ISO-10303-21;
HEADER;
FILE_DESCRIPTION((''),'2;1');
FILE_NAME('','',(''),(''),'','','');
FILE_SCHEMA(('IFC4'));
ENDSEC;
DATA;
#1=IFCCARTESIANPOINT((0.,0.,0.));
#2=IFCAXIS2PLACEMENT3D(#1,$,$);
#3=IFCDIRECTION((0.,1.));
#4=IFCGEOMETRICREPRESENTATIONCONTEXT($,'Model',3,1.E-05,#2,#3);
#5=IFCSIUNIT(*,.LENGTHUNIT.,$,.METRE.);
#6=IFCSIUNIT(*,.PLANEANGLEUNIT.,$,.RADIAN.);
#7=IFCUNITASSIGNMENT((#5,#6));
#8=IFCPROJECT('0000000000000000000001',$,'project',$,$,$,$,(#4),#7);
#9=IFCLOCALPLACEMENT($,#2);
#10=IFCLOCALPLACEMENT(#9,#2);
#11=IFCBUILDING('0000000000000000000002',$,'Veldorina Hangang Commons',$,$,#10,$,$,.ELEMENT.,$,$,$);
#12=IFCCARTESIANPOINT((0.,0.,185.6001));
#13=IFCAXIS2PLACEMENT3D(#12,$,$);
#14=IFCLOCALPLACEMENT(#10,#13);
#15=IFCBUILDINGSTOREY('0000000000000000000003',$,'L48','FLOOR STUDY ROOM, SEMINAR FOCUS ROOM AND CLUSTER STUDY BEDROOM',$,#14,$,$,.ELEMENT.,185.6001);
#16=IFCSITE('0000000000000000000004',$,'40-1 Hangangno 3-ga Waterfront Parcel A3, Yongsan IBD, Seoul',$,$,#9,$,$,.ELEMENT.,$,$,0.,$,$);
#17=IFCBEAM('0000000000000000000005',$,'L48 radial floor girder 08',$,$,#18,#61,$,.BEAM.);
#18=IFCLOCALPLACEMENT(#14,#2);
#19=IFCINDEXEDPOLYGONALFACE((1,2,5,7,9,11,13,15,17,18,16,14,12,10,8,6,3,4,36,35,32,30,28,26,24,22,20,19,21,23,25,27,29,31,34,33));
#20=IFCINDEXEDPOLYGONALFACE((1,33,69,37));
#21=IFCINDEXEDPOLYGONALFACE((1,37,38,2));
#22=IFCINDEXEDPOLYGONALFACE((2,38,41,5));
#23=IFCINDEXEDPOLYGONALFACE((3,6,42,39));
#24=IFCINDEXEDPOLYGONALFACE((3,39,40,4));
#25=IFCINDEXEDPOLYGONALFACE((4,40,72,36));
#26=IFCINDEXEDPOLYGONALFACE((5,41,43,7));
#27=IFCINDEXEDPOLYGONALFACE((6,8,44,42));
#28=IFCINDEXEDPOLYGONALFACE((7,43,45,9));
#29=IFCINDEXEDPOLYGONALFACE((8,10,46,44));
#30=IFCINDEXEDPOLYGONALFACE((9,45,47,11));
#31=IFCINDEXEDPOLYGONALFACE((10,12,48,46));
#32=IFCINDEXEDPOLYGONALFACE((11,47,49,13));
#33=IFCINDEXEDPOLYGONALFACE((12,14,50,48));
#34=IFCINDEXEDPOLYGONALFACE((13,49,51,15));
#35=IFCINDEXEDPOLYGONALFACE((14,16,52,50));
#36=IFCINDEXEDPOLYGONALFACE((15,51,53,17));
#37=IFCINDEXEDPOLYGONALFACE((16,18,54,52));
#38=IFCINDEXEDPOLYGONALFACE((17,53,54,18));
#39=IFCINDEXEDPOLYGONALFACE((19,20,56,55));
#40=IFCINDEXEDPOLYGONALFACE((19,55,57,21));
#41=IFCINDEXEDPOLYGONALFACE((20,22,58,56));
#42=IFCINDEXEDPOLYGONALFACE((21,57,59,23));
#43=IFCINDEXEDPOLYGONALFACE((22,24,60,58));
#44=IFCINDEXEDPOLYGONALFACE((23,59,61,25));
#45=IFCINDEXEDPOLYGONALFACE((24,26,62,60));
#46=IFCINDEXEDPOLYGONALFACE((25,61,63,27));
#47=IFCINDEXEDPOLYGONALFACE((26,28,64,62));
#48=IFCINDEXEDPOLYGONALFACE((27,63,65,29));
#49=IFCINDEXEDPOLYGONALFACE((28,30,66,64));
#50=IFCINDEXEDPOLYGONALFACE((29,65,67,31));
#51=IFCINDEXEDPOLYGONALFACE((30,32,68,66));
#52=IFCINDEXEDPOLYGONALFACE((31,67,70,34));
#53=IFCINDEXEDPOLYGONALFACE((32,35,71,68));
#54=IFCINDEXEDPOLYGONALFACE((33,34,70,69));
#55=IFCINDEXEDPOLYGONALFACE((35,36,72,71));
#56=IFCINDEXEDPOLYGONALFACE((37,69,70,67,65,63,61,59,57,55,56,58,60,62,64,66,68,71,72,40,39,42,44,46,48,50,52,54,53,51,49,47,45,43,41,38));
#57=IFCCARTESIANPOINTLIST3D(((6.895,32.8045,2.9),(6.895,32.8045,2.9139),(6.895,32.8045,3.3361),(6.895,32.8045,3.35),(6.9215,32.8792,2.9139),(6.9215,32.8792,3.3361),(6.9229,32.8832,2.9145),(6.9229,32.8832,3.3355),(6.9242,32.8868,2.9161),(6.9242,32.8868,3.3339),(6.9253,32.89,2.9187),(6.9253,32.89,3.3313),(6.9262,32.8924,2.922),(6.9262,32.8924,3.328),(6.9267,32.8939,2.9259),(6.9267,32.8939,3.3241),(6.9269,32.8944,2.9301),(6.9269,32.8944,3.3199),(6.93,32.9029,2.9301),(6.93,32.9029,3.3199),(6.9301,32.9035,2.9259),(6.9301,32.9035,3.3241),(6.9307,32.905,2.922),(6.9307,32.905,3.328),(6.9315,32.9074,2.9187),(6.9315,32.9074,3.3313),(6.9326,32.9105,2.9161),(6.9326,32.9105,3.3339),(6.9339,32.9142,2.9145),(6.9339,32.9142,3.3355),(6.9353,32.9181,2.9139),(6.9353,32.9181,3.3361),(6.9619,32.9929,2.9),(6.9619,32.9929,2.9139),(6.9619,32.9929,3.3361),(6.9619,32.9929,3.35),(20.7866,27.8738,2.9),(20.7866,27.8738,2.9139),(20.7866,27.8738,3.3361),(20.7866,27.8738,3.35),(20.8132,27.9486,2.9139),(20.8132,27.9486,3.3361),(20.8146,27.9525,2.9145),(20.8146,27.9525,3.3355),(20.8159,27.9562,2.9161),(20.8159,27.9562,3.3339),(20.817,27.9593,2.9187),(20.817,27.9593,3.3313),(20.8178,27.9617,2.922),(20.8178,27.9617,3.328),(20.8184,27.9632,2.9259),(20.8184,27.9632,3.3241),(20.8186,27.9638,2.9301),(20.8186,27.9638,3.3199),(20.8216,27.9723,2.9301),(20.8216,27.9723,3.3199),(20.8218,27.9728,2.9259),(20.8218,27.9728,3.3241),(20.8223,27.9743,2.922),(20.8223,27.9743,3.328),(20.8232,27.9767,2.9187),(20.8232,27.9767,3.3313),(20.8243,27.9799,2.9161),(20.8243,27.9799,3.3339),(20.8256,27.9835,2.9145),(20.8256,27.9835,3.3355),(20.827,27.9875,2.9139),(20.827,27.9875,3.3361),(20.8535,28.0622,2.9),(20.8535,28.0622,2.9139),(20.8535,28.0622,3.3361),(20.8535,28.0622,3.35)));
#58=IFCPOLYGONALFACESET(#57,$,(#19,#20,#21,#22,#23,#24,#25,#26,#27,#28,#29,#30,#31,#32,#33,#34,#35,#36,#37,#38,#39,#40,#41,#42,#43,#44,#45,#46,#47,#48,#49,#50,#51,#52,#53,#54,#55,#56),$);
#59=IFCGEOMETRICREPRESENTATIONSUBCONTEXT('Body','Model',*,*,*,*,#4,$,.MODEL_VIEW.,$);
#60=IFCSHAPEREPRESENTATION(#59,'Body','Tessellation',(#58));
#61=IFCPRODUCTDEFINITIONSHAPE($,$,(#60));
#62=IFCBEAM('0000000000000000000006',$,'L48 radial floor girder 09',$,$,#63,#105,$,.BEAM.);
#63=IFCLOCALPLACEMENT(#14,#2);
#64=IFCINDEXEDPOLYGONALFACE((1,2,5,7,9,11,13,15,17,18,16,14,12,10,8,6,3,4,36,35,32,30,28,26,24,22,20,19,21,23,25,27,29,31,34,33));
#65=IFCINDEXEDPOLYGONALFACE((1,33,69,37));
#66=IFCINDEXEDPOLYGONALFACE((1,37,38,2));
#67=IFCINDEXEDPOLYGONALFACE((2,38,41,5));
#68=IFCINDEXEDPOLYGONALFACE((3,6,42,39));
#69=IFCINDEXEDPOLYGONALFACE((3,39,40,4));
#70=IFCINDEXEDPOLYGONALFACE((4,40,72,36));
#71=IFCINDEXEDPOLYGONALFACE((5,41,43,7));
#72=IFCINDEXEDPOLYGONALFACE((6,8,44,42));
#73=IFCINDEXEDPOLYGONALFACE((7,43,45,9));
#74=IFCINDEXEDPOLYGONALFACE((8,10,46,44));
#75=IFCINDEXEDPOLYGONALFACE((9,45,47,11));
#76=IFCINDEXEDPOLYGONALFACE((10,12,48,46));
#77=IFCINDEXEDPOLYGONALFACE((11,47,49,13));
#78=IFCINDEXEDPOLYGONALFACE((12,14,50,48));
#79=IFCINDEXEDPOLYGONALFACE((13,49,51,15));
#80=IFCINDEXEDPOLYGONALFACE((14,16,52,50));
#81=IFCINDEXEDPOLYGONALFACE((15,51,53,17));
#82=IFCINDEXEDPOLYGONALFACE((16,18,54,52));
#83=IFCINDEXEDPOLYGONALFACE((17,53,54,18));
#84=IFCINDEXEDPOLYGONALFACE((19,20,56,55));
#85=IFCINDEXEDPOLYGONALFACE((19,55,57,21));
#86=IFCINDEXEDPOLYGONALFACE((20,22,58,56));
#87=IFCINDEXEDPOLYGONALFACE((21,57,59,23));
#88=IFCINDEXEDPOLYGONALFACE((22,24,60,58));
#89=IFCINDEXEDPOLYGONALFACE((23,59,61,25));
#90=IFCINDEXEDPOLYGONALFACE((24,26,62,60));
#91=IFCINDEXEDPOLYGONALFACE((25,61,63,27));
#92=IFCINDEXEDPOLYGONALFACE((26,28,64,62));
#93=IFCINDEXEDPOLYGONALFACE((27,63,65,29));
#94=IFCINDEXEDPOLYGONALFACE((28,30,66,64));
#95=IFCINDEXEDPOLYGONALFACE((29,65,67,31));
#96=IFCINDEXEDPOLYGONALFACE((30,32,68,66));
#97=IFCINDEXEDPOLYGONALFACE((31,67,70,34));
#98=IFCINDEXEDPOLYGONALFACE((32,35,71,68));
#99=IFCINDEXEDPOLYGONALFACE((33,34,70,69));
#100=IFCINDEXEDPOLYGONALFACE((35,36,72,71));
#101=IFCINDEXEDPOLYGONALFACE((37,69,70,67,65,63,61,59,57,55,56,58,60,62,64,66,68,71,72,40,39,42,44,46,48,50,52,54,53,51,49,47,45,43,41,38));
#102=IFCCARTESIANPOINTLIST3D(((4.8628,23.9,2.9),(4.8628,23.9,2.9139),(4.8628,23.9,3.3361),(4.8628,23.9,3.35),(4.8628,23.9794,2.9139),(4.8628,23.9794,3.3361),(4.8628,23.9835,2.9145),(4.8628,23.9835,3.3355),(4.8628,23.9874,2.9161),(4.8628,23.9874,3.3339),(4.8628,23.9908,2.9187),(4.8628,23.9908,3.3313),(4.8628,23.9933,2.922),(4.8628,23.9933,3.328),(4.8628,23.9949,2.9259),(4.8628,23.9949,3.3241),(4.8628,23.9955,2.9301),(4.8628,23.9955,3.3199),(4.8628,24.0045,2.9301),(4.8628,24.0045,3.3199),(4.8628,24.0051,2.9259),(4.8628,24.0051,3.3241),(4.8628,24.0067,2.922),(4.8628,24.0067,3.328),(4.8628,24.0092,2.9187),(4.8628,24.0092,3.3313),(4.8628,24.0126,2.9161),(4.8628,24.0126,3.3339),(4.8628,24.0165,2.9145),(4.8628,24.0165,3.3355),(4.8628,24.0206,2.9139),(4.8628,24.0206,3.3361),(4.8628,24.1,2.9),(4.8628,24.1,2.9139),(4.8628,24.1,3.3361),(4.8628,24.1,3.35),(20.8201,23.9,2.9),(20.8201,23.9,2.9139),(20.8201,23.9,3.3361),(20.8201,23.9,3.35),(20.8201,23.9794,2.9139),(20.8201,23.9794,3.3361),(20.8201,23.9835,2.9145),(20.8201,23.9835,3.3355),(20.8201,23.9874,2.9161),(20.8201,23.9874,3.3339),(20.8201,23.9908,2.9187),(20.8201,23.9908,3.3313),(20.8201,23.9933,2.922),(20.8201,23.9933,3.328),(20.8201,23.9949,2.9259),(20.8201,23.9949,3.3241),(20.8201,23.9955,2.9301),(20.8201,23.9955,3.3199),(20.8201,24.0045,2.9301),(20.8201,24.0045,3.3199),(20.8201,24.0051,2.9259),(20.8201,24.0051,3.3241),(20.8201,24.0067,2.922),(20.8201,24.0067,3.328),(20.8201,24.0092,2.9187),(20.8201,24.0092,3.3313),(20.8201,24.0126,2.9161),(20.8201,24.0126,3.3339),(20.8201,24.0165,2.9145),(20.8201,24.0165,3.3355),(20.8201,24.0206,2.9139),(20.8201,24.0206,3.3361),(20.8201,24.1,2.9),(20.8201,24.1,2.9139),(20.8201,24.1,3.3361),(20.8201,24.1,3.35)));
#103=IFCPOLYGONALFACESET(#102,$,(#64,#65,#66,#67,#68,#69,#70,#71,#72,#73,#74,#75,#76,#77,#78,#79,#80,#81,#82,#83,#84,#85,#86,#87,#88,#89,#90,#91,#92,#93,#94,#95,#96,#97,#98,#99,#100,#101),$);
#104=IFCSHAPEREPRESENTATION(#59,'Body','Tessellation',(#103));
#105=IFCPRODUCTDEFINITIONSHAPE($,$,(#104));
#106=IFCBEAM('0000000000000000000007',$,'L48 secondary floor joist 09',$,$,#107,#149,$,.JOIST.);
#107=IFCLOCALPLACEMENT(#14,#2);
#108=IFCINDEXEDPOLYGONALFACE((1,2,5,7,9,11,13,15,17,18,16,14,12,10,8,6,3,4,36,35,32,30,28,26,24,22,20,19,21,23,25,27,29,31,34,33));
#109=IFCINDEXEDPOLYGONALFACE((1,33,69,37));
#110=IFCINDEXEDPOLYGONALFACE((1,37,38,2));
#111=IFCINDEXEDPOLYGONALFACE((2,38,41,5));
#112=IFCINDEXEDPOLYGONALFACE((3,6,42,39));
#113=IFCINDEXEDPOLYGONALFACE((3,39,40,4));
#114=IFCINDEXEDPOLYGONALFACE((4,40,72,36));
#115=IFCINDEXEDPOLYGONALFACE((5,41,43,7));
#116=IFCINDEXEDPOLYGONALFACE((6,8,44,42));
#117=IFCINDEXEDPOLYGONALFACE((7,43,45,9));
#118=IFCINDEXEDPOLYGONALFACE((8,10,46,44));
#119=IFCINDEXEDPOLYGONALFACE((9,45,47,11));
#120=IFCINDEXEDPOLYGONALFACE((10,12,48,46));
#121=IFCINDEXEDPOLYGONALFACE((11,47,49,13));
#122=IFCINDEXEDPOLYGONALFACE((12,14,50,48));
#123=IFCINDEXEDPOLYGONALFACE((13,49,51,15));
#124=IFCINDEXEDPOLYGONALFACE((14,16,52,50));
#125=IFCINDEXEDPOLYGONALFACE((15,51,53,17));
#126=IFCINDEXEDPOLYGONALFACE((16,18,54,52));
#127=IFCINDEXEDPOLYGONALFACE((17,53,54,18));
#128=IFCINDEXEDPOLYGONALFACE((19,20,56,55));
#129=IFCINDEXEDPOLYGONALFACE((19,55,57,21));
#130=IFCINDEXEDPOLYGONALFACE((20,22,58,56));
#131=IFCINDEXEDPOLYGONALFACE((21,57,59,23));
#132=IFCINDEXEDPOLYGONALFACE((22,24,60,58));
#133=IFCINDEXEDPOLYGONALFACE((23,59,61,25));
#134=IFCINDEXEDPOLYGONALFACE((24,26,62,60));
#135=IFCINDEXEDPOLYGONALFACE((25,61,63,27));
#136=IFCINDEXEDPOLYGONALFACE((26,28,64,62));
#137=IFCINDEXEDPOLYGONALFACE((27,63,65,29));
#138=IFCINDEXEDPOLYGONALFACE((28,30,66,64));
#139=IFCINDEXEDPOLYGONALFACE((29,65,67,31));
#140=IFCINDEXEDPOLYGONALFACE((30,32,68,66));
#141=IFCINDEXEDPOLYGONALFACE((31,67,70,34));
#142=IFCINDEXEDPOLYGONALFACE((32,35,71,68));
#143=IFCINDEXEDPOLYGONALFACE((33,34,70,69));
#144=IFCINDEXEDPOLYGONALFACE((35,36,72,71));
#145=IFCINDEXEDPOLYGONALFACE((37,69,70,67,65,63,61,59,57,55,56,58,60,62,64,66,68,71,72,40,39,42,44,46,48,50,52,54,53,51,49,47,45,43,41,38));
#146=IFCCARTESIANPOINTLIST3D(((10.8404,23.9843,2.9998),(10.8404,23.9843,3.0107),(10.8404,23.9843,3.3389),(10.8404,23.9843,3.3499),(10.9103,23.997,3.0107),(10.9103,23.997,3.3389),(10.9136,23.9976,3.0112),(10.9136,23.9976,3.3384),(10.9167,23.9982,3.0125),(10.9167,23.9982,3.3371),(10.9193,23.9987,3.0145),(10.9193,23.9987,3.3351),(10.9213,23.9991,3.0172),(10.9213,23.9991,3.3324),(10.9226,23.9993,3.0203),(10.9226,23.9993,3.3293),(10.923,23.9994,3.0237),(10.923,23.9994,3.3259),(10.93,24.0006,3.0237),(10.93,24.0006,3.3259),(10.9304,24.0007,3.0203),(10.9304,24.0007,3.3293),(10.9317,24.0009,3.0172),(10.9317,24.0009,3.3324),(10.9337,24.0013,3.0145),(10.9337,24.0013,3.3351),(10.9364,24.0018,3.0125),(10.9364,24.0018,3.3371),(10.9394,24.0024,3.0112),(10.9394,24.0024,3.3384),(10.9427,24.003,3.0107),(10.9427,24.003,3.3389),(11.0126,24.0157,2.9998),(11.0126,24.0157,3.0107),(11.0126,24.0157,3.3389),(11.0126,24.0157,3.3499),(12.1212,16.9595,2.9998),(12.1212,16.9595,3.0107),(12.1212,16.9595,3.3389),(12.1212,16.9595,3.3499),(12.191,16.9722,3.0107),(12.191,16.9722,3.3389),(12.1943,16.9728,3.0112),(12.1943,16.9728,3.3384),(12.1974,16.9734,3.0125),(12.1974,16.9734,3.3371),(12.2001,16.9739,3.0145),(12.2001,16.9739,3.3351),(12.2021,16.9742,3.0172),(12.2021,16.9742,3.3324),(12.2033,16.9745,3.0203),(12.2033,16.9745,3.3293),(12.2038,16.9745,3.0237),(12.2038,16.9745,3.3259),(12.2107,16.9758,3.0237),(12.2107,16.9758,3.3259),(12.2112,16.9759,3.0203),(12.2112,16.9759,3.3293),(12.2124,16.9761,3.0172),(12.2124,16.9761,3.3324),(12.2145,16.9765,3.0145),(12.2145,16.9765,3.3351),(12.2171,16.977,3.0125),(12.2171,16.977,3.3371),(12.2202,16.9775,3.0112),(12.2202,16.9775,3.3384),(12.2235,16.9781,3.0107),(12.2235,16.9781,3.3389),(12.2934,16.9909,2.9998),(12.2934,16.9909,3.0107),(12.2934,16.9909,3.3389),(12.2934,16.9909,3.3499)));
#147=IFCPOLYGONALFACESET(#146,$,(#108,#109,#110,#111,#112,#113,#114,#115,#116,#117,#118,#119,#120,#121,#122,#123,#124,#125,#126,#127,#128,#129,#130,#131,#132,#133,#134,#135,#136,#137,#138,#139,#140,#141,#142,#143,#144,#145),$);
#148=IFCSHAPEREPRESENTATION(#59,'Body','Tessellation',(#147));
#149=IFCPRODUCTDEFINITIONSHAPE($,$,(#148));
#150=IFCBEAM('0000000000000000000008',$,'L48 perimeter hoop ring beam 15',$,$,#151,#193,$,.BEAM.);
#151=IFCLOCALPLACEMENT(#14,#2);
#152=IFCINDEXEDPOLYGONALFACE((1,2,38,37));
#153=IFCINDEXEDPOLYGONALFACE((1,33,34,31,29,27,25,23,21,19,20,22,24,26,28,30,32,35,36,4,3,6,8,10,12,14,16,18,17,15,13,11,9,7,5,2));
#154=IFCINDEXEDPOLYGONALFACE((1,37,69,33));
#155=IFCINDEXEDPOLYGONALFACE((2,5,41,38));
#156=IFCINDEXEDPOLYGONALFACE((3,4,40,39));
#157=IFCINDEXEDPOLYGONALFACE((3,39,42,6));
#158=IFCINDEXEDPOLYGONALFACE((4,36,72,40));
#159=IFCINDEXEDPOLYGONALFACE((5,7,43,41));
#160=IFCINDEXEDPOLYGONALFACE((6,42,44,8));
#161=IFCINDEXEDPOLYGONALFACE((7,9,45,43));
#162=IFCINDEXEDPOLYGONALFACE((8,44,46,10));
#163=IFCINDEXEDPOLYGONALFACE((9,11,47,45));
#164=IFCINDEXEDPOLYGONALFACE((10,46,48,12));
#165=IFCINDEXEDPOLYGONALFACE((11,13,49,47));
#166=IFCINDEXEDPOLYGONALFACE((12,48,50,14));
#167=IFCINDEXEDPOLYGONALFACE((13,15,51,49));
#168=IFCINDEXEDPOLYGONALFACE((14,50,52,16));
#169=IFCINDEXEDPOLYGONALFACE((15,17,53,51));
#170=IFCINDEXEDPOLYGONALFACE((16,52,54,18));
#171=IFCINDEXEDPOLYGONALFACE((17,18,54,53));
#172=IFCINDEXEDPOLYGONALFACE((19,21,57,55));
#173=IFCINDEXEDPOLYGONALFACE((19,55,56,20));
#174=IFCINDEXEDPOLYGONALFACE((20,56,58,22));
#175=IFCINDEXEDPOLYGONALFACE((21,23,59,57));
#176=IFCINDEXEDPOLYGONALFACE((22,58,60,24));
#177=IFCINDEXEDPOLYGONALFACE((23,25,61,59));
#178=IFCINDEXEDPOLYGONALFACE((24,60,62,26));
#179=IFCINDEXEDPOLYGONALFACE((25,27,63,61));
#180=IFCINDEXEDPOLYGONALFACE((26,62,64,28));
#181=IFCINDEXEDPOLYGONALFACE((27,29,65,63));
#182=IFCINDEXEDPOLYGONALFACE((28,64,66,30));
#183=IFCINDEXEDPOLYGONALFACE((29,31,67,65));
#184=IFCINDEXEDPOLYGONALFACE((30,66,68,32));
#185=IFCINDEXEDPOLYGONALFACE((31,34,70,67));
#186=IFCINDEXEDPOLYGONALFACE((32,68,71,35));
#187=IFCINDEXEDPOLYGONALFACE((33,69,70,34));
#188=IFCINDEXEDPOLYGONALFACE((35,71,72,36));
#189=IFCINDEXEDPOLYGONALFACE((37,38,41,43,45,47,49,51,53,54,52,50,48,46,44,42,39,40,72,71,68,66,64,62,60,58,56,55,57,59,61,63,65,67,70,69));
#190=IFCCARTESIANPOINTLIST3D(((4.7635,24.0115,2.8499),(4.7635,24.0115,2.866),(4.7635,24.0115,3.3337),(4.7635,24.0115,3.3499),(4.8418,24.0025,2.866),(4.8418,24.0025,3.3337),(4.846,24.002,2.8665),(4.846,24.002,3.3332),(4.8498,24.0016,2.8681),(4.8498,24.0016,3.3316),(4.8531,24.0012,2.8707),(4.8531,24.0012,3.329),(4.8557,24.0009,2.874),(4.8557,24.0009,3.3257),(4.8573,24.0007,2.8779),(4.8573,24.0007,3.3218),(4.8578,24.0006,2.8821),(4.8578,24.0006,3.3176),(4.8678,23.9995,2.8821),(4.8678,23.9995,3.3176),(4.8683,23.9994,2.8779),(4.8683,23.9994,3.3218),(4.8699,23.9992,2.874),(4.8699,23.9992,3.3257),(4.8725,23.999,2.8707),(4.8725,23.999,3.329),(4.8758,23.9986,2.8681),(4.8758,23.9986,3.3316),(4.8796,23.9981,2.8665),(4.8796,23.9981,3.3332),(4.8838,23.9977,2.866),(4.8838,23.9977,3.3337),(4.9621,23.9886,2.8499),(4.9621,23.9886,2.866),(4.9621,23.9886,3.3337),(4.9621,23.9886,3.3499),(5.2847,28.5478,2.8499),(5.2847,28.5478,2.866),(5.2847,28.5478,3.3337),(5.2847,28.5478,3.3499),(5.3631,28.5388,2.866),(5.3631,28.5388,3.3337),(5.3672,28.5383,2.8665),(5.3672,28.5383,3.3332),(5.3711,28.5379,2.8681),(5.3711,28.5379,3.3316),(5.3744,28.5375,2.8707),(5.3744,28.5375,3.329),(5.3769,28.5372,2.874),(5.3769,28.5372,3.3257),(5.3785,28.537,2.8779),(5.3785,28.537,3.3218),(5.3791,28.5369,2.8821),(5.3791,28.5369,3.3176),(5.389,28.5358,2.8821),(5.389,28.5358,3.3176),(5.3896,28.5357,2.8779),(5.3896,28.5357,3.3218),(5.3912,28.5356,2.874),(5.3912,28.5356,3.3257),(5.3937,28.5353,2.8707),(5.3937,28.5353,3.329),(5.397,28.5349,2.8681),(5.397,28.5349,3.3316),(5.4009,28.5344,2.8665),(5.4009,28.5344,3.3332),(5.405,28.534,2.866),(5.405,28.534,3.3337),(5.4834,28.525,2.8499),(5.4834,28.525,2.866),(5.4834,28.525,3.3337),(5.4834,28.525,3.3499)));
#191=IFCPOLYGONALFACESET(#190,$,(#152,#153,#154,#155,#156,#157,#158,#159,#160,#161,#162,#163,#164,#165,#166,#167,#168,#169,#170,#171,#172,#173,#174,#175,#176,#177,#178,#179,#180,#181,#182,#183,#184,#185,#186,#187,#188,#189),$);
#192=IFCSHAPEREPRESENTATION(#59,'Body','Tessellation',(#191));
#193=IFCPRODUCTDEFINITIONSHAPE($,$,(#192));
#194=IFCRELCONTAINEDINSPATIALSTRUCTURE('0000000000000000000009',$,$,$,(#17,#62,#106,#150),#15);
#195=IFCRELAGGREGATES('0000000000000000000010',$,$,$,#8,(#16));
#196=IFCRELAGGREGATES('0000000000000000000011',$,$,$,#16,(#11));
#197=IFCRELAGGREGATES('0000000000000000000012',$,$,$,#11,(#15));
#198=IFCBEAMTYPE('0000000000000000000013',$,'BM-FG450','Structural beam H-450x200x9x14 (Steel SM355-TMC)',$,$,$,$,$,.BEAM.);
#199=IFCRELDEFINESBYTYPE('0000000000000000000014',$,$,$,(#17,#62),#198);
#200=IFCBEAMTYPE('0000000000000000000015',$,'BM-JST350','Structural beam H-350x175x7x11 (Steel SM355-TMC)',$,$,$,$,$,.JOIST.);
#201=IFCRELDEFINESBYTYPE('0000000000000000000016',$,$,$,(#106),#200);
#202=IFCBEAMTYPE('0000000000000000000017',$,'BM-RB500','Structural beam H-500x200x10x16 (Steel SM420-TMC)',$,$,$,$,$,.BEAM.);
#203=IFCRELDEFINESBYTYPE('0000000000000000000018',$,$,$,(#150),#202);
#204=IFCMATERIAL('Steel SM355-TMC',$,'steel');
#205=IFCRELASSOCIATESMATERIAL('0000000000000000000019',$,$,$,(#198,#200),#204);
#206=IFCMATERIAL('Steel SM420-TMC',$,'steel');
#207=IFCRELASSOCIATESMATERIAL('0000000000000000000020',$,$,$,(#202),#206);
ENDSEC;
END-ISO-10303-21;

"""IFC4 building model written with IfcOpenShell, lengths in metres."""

from ifc_helpers import new_model, si_unit, direction, frame, origin, origin_2d, place, context, subcontext, project, spatial, i_section, extrude, material, material_profile, profile_set, type_object, element, save


model = new_model("IFC4")

# Units and contexts
model_context = context("Model", 3, precision=1e-05, world=origin(), true_north=direction((0.0, 1.0)))
body_context = subcontext(model_context, "Body", "Model", "MODEL_VIEW")
ifc_project = project(units=[si_unit("LENGTHUNIT", "METRE"), si_unit("PLANEANGLEUNIT", "RADIAN")], contexts=[model_context])

# Site, building, storey
site_placement = place(None, origin())
site = spatial("IfcSite", under=ifc_project, at=site_placement, Name="40-1 Hangangno 3-ga Waterfront Parcel A3, Yongsan IBD, Seoul", CompositionType="ELEMENT", RefElevation=0.0)
building_placement = place(site_placement, origin())
building = spatial("IfcBuilding", under=site, at=building_placement, Name="Veldorina Hangang Commons", CompositionType="ELEMENT")
storey_placement = place(building_placement, frame((0.0, 0.0, 185.6001)))
storey = spatial("IfcBuildingStorey", under=building, at=storey_placement, Name="L48", Description="FLOOR STUDY ROOM, SEMINAR FOCUS ROOM AND CLUSTER STUDY BEDROOM", CompositionType="ELEMENT", Elevation=185.6001)

# Beams
ifc_material_1 = material(Name="Steel SM355-TMC", Category="steel")
ifc_material_profile_1 = material_profile(ifc_material_1, i_section(OverallWidth=0.2, OverallDepth=0.45, WebThickness=0.009, FlangeThickness=0.0139, FilletRadius=0.0161, at=origin_2d()), Name="H-450x200x9x14")
ifc_profile_set_1 = profile_set([ifc_material_profile_1], Name="Steel SM355-TMC")
beam_type_1 = type_object("IfcBeamType", Name="BM-FG450", Description="Structural beam H-450x200x9x14 (Steel SM355-TMC)", PredefinedType="BEAM", material=ifc_profile_set_1)
beam_1_placement = place(storey_placement, frame((20.8201, 27.968, 3.125), z_axis=(-0.942398, 0.334493, 0.0), x_axis=(-0.334493, -0.942398, 0.0)))
element("IfcBeam", 1, at=beam_1_placement, inside=storey, type_object=beam_type_1, Name="L48 radial floor girder 08", PredefinedType="BEAM", context=body_context, shape_type="SweptSolid", body=[
    extrude(i_section(OverallWidth=0.2, OverallDepth=0.45, WebThickness=0.009, FlangeThickness=0.0139, FilletRadius=0.0161, at=origin_2d()), origin(), (0.0, 0.0, 1.0), 14.7407),
])
beam_2_placement = place(storey_placement, frame((20.8201, 24.0, 3.125), z_axis=(-1.0, 0.0, 0.0), x_axis=(0.0, -1.0, 0.0)))
element("IfcBeam", 2, at=beam_2_placement, inside=storey, type_object=beam_type_1, Name="L48 radial floor girder 09", PredefinedType="BEAM", context=body_context, shape_type="SweptSolid", body=[
    extrude(i_section(OverallWidth=0.2, OverallDepth=0.45, WebThickness=0.009, FlangeThickness=0.0139, FilletRadius=0.0161, at=origin_2d()), origin(), (0.0, 0.0, 1.0), 15.9573),
])
ifc_material_profile_2 = material_profile(ifc_material_1, i_section(OverallWidth=0.175, OverallDepth=0.3501, WebThickness=0.0071, FlangeThickness=0.011, FilletRadius=0.0129, at=origin_2d()), Name="H-350x175x7x11")
ifc_profile_set_2 = profile_set([ifc_material_profile_2], Name="Steel SM355-TMC")
beam_type_2 = type_object("IfcBeamType", Name="BM-JST350", Description="Structural beam H-350x175x7x11 (Steel SM355-TMC)", PredefinedType="JOIST", material=ifc_profile_set_2)
beam_3_placement = place(storey_placement, frame((10.9265, 24.0, 3.1748), z_axis=(0.179361, -0.983783, 0.0), x_axis=(0.983783, 0.179361, 0.0)))
element("IfcBeam", 3, at=beam_3_placement, inside=storey, type_object=beam_type_2, Name="L48 secondary floor joist 09", PredefinedType="JOIST", context=body_context, shape_type="SweptSolid", body=[
    extrude(i_section(OverallWidth=0.175, OverallDepth=0.3501, WebThickness=0.0071, FlangeThickness=0.011, FilletRadius=0.0129, at=origin_2d()), origin(), (0.0, 0.0, 1.0), 7.1406),
])
ifc_material_2 = material(Name="Steel SM420-TMC", Category="steel")
ifc_material_profile_3 = material_profile(ifc_material_2, i_section(OverallWidth=0.2, OverallDepth=0.5, WebThickness=0.01, FlangeThickness=0.0161, FilletRadius=0.0161, at=origin_2d()), Name="H-500x200x10x16")
ifc_profile_set_3 = profile_set([ifc_material_profile_3], Name="Steel SM420-TMC")
beam_type_3 = type_object("IfcBeamType", Name="BM-RB500", Description="Structural beam H-500x200x10x16 (Steel SM420-TMC)", PredefinedType="BEAM", material=ifc_profile_set_3)
for number, where, z_axis, x_axis, name in (
    (4, (5.384, 28.5364, 3.0999), (-0.114151, -0.993463, 0.0), (0.993463, -0.114151, 0.0), "L48 perimeter hoop ring beam 15"),
):
    element("IfcBeam", number, at=place(storey_placement, frame(where, z_axis=z_axis, x_axis=x_axis)), inside=storey, type_object=beam_type_3, Name=name, PredefinedType="BEAM", context=body_context, shape_type="SweptSolid", body=[
        extrude(i_section(OverallWidth=0.2, OverallDepth=0.5, WebThickness=0.01, FlangeThickness=0.0161, FilletRadius=0.0161, at=origin_2d()), origin(), (0.0, 0.0, 1.0), 4.5662),
    ])

save(model, "model.ifc")
